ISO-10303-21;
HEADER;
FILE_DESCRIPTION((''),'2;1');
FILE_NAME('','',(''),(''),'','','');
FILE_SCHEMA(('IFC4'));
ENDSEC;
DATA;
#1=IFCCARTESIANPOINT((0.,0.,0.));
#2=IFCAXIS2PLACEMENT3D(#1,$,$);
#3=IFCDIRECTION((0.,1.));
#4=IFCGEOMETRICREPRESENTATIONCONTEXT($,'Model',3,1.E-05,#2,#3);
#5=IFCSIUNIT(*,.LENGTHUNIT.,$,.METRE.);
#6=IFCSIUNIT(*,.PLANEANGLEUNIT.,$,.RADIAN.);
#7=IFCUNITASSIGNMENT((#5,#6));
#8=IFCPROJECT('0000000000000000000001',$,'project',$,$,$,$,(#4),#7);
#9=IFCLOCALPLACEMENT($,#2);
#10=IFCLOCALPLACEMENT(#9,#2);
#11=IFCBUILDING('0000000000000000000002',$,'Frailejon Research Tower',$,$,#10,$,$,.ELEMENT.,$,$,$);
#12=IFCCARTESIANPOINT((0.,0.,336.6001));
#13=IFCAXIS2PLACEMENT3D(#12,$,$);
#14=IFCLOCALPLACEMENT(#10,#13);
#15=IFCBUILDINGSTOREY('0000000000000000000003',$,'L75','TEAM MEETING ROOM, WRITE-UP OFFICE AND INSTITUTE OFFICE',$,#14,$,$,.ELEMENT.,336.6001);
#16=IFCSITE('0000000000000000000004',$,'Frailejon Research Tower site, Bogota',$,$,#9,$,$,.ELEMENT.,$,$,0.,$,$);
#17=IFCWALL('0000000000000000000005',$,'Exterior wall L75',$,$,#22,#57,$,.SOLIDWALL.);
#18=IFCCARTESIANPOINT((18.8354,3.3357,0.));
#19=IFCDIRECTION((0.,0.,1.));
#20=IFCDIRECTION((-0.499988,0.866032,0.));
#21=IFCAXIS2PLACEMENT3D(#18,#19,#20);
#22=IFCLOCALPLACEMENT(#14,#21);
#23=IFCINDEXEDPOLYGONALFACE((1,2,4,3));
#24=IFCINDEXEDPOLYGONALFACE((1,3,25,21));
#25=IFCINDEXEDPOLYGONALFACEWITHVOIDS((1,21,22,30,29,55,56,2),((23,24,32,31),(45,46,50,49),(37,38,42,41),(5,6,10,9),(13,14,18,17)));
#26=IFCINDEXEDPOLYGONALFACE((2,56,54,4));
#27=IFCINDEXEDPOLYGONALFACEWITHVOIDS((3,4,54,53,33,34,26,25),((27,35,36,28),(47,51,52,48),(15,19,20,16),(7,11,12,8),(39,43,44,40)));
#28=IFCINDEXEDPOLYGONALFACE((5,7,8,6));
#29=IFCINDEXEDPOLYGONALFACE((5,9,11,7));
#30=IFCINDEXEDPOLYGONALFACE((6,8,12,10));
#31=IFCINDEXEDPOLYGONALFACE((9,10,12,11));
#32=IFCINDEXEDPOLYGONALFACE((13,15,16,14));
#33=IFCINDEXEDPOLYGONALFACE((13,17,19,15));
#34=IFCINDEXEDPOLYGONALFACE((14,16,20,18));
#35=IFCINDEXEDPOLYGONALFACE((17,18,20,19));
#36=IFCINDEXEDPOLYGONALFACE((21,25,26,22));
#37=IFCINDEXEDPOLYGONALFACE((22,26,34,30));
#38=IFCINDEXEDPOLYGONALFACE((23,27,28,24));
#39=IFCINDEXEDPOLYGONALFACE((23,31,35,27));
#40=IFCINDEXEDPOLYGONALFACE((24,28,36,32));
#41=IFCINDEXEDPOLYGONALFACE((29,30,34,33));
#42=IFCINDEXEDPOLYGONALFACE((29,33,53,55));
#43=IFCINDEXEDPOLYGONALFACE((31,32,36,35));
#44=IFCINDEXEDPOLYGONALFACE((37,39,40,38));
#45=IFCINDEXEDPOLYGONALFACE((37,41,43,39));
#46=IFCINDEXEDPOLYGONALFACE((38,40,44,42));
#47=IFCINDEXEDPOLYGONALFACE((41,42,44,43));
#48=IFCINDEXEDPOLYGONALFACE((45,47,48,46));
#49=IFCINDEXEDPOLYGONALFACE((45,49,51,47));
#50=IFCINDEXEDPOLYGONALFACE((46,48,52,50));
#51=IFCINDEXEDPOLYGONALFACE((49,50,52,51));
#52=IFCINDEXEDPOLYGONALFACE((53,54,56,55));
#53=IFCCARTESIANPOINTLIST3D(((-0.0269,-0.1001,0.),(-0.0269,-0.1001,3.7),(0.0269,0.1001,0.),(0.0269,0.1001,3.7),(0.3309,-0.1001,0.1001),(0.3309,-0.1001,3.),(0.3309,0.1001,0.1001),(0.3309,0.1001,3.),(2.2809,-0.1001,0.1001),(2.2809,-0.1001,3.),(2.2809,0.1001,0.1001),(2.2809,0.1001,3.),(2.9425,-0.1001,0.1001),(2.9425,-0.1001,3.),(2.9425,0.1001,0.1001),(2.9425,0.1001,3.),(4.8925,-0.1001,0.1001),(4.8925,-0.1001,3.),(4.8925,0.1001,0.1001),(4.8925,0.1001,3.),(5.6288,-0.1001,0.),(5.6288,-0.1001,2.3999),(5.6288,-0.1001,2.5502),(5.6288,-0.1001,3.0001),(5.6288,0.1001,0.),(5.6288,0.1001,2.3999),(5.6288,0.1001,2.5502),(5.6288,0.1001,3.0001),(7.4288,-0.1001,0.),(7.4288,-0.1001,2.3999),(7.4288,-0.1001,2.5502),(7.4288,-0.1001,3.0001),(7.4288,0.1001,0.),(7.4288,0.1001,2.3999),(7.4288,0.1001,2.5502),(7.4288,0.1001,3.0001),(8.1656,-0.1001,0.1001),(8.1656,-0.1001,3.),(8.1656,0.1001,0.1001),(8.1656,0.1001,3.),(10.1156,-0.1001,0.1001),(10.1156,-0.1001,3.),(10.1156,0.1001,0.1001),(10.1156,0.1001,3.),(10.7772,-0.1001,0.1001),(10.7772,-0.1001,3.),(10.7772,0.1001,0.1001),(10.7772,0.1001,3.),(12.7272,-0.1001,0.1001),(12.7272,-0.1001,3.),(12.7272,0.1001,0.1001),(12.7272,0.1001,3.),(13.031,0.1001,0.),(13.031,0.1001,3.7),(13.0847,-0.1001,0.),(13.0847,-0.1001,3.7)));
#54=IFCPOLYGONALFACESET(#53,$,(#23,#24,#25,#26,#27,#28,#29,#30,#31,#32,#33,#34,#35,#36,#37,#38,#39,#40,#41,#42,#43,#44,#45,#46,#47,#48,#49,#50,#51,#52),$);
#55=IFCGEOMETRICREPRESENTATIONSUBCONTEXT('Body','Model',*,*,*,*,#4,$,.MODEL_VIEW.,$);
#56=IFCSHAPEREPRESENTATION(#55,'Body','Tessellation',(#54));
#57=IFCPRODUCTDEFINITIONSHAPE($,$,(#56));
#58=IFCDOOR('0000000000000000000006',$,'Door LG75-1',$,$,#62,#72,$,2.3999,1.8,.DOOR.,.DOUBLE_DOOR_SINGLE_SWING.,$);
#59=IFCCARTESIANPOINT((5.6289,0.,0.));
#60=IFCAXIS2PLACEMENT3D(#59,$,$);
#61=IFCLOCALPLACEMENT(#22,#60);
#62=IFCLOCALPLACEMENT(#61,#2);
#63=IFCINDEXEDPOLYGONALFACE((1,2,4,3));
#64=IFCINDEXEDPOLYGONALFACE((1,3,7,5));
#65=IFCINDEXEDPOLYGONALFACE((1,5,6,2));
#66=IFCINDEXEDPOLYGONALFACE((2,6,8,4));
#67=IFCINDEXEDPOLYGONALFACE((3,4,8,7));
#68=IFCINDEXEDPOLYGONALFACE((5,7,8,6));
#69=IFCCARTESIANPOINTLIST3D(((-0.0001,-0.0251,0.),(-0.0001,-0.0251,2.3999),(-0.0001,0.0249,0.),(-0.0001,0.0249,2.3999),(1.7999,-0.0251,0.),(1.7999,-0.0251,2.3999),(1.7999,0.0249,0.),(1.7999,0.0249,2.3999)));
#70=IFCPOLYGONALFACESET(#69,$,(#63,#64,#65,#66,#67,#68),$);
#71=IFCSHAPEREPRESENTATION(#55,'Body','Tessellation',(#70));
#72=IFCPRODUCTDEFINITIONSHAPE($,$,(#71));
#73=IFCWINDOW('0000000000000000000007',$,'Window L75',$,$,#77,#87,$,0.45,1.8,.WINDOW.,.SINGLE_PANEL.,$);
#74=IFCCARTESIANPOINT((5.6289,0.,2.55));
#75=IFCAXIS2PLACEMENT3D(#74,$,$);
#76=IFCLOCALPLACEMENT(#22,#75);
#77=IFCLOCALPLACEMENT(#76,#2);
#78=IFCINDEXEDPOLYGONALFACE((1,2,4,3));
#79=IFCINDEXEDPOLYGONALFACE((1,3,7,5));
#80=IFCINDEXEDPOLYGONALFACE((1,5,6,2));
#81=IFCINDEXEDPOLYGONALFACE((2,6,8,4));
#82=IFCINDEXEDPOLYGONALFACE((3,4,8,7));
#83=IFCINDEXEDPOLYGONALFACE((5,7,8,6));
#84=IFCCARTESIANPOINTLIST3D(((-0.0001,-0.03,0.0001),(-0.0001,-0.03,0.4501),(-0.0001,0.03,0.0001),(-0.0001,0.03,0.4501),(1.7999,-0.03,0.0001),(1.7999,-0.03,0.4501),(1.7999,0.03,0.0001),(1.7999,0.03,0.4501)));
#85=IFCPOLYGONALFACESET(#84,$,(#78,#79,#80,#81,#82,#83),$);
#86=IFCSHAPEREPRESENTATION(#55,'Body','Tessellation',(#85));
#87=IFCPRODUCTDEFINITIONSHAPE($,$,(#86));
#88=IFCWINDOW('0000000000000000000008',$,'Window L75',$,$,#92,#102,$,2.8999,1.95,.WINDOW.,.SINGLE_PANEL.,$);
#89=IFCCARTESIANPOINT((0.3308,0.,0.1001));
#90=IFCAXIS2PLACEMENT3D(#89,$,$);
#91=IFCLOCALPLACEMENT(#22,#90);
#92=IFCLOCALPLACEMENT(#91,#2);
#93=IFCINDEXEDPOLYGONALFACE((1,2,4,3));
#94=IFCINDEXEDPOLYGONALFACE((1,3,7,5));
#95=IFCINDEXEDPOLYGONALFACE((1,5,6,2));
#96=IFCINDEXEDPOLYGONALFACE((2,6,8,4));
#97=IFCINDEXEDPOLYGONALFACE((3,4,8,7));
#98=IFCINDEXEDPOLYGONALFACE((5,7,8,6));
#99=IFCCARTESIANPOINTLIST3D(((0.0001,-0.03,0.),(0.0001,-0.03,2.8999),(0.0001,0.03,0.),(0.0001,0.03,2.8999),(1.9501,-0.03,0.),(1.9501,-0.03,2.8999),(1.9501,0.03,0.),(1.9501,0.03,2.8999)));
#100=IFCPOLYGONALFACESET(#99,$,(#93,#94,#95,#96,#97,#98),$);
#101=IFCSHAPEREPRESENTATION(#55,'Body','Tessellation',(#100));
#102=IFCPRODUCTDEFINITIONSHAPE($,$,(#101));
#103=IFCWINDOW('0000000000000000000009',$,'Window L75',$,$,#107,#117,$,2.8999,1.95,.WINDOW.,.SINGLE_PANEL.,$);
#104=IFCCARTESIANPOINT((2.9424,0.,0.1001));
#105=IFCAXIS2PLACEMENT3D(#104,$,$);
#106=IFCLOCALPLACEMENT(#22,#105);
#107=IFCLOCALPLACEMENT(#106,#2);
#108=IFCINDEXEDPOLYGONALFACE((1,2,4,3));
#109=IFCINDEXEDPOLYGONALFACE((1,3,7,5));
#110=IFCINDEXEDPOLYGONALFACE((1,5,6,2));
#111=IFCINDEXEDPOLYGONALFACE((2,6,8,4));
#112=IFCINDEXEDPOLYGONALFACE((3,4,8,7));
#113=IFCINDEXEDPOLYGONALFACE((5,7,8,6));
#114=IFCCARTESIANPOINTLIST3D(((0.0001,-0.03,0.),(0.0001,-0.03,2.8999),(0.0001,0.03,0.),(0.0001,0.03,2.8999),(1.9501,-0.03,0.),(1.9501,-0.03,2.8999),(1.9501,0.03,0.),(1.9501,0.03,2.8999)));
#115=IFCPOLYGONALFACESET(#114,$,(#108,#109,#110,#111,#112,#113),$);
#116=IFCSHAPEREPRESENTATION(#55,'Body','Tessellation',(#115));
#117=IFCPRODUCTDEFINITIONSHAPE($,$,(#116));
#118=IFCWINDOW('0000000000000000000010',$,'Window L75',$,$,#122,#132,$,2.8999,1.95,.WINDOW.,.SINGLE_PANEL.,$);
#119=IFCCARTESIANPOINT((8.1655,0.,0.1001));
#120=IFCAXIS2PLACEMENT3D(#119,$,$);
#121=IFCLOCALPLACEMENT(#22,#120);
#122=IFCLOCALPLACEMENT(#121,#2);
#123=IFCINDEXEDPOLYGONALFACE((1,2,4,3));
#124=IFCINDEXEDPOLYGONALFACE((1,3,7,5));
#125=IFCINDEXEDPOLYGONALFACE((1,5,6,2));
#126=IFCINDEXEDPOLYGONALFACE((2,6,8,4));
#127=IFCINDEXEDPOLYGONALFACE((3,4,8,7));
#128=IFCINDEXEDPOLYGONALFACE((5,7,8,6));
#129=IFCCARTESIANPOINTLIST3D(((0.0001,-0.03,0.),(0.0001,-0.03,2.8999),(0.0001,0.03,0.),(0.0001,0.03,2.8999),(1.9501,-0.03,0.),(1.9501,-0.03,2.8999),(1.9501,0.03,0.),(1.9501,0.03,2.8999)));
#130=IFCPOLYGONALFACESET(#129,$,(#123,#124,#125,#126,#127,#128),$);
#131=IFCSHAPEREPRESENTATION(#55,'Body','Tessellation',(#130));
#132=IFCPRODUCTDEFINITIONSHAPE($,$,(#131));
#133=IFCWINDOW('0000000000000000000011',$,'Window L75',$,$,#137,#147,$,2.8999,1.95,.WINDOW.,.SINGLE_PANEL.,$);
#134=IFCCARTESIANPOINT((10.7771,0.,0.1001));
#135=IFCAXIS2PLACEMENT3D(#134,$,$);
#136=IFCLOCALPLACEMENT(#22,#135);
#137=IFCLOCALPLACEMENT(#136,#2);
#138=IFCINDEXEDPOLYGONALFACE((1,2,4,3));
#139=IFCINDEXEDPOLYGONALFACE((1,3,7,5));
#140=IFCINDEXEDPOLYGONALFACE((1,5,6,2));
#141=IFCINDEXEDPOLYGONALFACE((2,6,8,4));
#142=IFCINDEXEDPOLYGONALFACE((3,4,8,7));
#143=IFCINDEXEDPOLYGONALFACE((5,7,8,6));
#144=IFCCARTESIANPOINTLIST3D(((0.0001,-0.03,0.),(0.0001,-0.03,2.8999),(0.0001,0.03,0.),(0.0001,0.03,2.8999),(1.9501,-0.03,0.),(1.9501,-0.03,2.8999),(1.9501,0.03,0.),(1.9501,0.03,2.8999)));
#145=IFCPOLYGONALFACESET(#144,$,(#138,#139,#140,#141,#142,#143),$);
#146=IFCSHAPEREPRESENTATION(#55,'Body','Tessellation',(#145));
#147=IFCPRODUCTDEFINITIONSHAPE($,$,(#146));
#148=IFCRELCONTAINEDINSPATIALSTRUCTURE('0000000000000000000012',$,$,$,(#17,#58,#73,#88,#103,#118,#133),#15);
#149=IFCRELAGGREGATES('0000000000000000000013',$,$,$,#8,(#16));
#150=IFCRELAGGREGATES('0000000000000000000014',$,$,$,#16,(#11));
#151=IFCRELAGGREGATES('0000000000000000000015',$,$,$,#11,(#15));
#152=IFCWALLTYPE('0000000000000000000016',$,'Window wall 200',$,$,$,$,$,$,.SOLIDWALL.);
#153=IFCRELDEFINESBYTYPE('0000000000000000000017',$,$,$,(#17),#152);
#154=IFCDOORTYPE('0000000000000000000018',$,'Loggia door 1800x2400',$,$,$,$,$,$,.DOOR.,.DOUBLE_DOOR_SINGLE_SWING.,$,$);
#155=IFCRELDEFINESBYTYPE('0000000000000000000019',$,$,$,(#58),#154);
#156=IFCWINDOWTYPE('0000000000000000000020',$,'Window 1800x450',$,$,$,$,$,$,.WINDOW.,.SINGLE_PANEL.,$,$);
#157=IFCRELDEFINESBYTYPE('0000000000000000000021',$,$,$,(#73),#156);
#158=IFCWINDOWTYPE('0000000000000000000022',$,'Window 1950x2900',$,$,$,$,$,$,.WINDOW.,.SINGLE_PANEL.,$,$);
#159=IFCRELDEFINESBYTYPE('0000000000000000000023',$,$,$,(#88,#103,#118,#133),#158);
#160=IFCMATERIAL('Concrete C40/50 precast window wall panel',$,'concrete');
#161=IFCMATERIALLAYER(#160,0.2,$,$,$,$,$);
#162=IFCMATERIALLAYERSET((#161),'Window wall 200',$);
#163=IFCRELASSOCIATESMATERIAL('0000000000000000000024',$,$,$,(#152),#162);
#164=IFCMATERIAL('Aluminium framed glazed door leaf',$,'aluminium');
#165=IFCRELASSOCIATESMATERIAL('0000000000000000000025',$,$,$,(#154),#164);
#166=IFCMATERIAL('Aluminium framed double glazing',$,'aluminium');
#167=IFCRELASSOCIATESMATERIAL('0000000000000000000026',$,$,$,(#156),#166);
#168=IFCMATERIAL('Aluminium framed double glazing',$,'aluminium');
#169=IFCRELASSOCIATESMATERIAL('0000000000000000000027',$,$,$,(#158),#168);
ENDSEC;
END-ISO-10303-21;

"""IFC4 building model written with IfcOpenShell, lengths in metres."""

from ifc_helpers import new_model, si_unit, direction, frame, frame_2d, origin, place, context, subcontext, project, spatial, polyline, rectangle, outline, extrude, material, layer, layer_set, type_object, element, fill, save


model = new_model("IFC4")

# Units and contexts
model_context = context("Model", 3, precision=1e-05, world=origin(), true_north=direction((0.0, 1.0)))
body_context = subcontext(model_context, "Body", "Model", "MODEL_VIEW")
ifc_project = project(units=[si_unit("LENGTHUNIT", "METRE"), si_unit("PLANEANGLEUNIT", "RADIAN")], contexts=[model_context])

# Site, building, storey
site_placement = place(None, origin())
site = spatial("IfcSite", under=ifc_project, at=site_placement, Name="Frailejon Research Tower site, Bogota", CompositionType="ELEMENT", RefElevation=0.0)
building_placement = place(site_placement, origin())
building = spatial("IfcBuilding", under=site, at=building_placement, Name="Frailejon Research Tower", CompositionType="ELEMENT")
storey_placement = place(building_placement, frame((0.0, 0.0, 336.6001)))
storey = spatial("IfcBuildingStorey", under=building, at=storey_placement, Name="L75", Description="TEAM MEETING ROOM, WRITE-UP OFFICE AND INSTITUTE OFFICE", CompositionType="ELEMENT", Elevation=336.6001)

# Wall, openings, door, windows
ifc_material_1 = material(Name="Concrete C40/50 precast window wall panel", Category="concrete")
ifc_layer_1 = layer(ifc_material_1, 0.2)
ifc_layer_set_1 = layer_set([ifc_layer_1], Name="Window wall 200")
wall_type = type_object("IfcWallType", Name="Window wall 200", PredefinedType="SOLIDWALL", material=ifc_layer_set_1)
wall_placement = place(storey_placement, frame((18.8354, 3.3357, 0.0), z_axis=(0.0, 0.0, 1.0), x_axis=(-0.499988, 0.866032, 0.0)))
wall = element("IfcWall", 1, at=wall_placement, inside=storey, type_object=wall_type, Name="Exterior wall L75", PredefinedType="SOLIDWALL", context=body_context, shape_type="SweptSolid", body=[
    extrude(outline(polyline([(-0.0269, -0.1001), (0.9817, -0.1001), (1.9902, -0.1001), (2.9988, -0.1001), (4.0076, -0.1001), (5.0161, -0.1001), (6.0247, -0.1001), (7.0332, -0.1001), (8.0417, -0.1001), (9.0503, -0.1001), (10.0591, -0.1001), (11.0676, -0.1001), (12.0762, -0.1001), (13.0847, -0.1001), (13.031, 0.1001), (12.0308, 0.1001), (11.0303, 0.1001), (10.03, 0.1001), (9.0298, 0.1001), (8.0293, 0.1001), (7.0291, 0.1001), (6.0288, 0.1001), (5.0286, 0.1001), (4.0281, 0.1001), (3.0278, 0.1001), (2.0276, 0.1001), (1.0271, 0.1001), (0.0269, 0.1001), (-0.0269, -0.1001)])), origin(), (0.0, 0.0, 1.0), 3.7),
])
opening_1_placement = place(wall_placement, frame((0.3308, 0.0, 0.1001)))
opening_1 = element("IfcOpeningElement", 2, at=opening_1_placement, cuts=wall, PredefinedType="OPENING", context=body_context, shape_type="SweptSolid", body=[
    extrude(rectangle(XDim=1.95, YDim=2.8999, at=frame_2d((0.9751, 1.45))), frame((0.0, 0.1099, 0.0), z_axis=(0.0, -1.0, 0.0), x_axis=(1.0, 0.0, 0.0)), (0.0, 0.0, 1.0), 0.22),
])
opening_2_placement = place(wall_placement, frame((2.9424, 0.0, 0.1001)))
opening_2 = element("IfcOpeningElement", 3, at=opening_2_placement, cuts=wall, PredefinedType="OPENING", context=body_context, shape_type="SweptSolid", body=[
    extrude(rectangle(XDim=1.95, YDim=2.8999, at=frame_2d((0.9751, 1.45))), frame((0.0, 0.1099, 0.0), z_axis=(0.0, -1.0, 0.0), x_axis=(1.0, 0.0, 0.0)), (0.0, 0.0, 1.0), 0.22),
])
opening_3_placement = place(wall_placement, frame((5.6289, 0.0, 0.0)))
opening_3 = element("IfcOpeningElement", 4, at=opening_3_placement, cuts=wall, PredefinedType="OPENING", context=body_context, shape_type="SweptSolid", body=[
    extrude(rectangle(XDim=1.8, YDim=2.3999, at=frame_2d((0.8999, 1.2))), frame((0.0, 0.1099, 0.0), z_axis=(0.0, -1.0, 0.0), x_axis=(1.0, 0.0, 0.0)), (0.0, 0.0, 1.0), 0.22),
])
opening_4_placement = place(wall_placement, frame((5.6289, 0.0, 2.55)))
opening_4 = element("IfcOpeningElement", 5, at=opening_4_placement, cuts=wall, PredefinedType="OPENING", context=body_context, shape_type="SweptSolid", body=[
    extrude(rectangle(XDim=1.8, YDim=0.45, at=frame_2d((0.8999, 0.2251))), frame((0.0, 0.1099, 0.0), z_axis=(0.0, -1.0, 0.0), x_axis=(1.0, 0.0, 0.0)), (0.0, 0.0, 1.0), 0.22),
])
opening_5_placement = place(wall_placement, frame((8.1655, 0.0, 0.1001)))
opening_5 = element("IfcOpeningElement", 6, at=opening_5_placement, cuts=wall, PredefinedType="OPENING", context=body_context, shape_type="SweptSolid", body=[
    extrude(rectangle(XDim=1.95, YDim=2.8999, at=frame_2d((0.9751, 1.45))), frame((0.0, 0.1099, 0.0), z_axis=(0.0, -1.0, 0.0), x_axis=(1.0, 0.0, 0.0)), (0.0, 0.0, 1.0), 0.22),
])
opening_6_placement = place(wall_placement, frame((10.7771, 0.0, 0.1001)))
opening_6 = element("IfcOpeningElement", 7, at=opening_6_placement, cuts=wall, PredefinedType="OPENING", context=body_context, shape_type="SweptSolid", body=[
    extrude(rectangle(XDim=1.95, YDim=2.8999, at=frame_2d((0.9751, 1.45))), frame((0.0, 0.1099, 0.0), z_axis=(0.0, -1.0, 0.0), x_axis=(1.0, 0.0, 0.0)), (0.0, 0.0, 1.0), 0.22),
])
ifc_material_2 = material(Name="Aluminium framed glazed door leaf", Category="aluminium")
door_type = type_object("IfcDoorType", Name="Loggia door 1800x2400", OperationType="DOUBLE_DOOR_SINGLE_SWING", PredefinedType="DOOR", material=ifc_material_2)
door_placement = place(opening_3_placement, origin())
door = element("IfcDoor", 8, at=door_placement, inside=storey, type_object=door_type, Name="Door LG75-1", OperationType="DOUBLE_DOOR_SINGLE_SWING", OverallHeight=2.3999, OverallWidth=1.8, PredefinedType="DOOR", context=body_context, shape_type="SweptSolid", body=[
    extrude(rectangle(XDim=1.8, YDim=2.3999, at=frame_2d((0.8999, 1.2))), frame((0.0, 0.0249, 0.0), z_axis=(0.0, -1.0, 0.0), x_axis=(1.0, 0.0, 0.0)), (0.0, 0.0, 1.0), 0.05),
])
fill(opening_3, door)
ifc_material_3 = material(Name="Aluminium framed double glazing", Category="aluminium")
window_type_1 = type_object("IfcWindowType", Name="Window 1800x450", PartitioningType="SINGLE_PANEL", PredefinedType="WINDOW", material=ifc_material_3)
window_1_placement = place(opening_4_placement, origin())
window_1 = element("IfcWindow", 9, at=window_1_placement, inside=storey, type_object=window_type_1, Name="Window L75", OverallHeight=0.45, OverallWidth=1.8, PartitioningType="SINGLE_PANEL", PredefinedType="WINDOW", context=body_context, shape_type="SweptSolid", body=[
    extrude(rectangle(XDim=1.8, YDim=0.45, at=frame_2d((0.8999, 0.2251))), frame((0.0, 0.03, 0.0), z_axis=(0.0, -1.0, 0.0), x_axis=(1.0, 0.0, 0.0)), (0.0, 0.0, 1.0), 0.0601),
])
fill(opening_4, window_1)
ifc_material_4 = material(Name="Aluminium framed double glazing", Category="aluminium")
window_type_2 = type_object("IfcWindowType", Name="Window 1950x2900", PartitioningType="SINGLE_PANEL", PredefinedType="WINDOW", material=ifc_material_4)
window_2_placement = place(opening_1_placement, origin())
window_2 = element("IfcWindow", 10, at=window_2_placement, inside=storey, type_object=window_type_2, Name="Window L75", OverallHeight=2.8999, OverallWidth=1.95, PartitioningType="SINGLE_PANEL", PredefinedType="WINDOW", context=body_context, shape_type="SweptSolid", body=[
    extrude(rectangle(XDim=1.95, YDim=2.8999, at=frame_2d((0.9751, 1.45))), frame((0.0, 0.03, 0.0), z_axis=(0.0, -1.0, 0.0), x_axis=(1.0, 0.0, 0.0)), (0.0, 0.0, 1.0), 0.0601),
])
fill(opening_1, window_2)
window_3_placement = place(opening_2_placement, origin())
window_3 = element("IfcWindow", 11, at=window_3_placement, inside=storey, type_object=window_type_2, Name="Window L75", OverallHeight=2.8999, OverallWidth=1.95, PartitioningType="SINGLE_PANEL", PredefinedType="WINDOW", context=body_context, shape_type="SweptSolid", body=[
    extrude(rectangle(XDim=1.95, YDim=2.8999, at=frame_2d((0.9751, 1.45))), frame((0.0, 0.03, 0.0), z_axis=(0.0, -1.0, 0.0), x_axis=(1.0, 0.0, 0.0)), (0.0, 0.0, 1.0), 0.0601),
])
fill(opening_2, window_3)
window_4_placement = place(opening_5_placement, origin())
window_4 = element("IfcWindow", 12, at=window_4_placement, inside=storey, type_object=window_type_2, Name="Window L75", OverallHeight=2.8999, OverallWidth=1.95, PartitioningType="SINGLE_PANEL", PredefinedType="WINDOW", context=body_context, shape_type="SweptSolid", body=[
    extrude(rectangle(XDim=1.95, YDim=2.8999, at=frame_2d((0.9751, 1.45))), frame((0.0, 0.03, 0.0), z_axis=(0.0, -1.0, 0.0), x_axis=(1.0, 0.0, 0.0)), (0.0, 0.0, 1.0), 0.0601),
])
fill(opening_5, window_4)
window_5_placement = place(opening_6_placement, origin())
window_5 = element("IfcWindow", 13, at=window_5_placement, inside=storey, type_object=window_type_2, Name="Window L75", OverallHeight=2.8999, OverallWidth=1.95, PartitioningType="SINGLE_PANEL", PredefinedType="WINDOW", context=body_context, shape_type="SweptSolid", body=[
    extrude(rectangle(XDim=1.95, YDim=2.8999, at=frame_2d((0.9751, 1.45))), frame((0.0, 0.03, 0.0), z_axis=(0.0, -1.0, 0.0), x_axis=(1.0, 0.0, 0.0)), (0.0, 0.0, 1.0), 0.0601),
])
fill(opening_6, window_5)

save(model, "model.ifc")
